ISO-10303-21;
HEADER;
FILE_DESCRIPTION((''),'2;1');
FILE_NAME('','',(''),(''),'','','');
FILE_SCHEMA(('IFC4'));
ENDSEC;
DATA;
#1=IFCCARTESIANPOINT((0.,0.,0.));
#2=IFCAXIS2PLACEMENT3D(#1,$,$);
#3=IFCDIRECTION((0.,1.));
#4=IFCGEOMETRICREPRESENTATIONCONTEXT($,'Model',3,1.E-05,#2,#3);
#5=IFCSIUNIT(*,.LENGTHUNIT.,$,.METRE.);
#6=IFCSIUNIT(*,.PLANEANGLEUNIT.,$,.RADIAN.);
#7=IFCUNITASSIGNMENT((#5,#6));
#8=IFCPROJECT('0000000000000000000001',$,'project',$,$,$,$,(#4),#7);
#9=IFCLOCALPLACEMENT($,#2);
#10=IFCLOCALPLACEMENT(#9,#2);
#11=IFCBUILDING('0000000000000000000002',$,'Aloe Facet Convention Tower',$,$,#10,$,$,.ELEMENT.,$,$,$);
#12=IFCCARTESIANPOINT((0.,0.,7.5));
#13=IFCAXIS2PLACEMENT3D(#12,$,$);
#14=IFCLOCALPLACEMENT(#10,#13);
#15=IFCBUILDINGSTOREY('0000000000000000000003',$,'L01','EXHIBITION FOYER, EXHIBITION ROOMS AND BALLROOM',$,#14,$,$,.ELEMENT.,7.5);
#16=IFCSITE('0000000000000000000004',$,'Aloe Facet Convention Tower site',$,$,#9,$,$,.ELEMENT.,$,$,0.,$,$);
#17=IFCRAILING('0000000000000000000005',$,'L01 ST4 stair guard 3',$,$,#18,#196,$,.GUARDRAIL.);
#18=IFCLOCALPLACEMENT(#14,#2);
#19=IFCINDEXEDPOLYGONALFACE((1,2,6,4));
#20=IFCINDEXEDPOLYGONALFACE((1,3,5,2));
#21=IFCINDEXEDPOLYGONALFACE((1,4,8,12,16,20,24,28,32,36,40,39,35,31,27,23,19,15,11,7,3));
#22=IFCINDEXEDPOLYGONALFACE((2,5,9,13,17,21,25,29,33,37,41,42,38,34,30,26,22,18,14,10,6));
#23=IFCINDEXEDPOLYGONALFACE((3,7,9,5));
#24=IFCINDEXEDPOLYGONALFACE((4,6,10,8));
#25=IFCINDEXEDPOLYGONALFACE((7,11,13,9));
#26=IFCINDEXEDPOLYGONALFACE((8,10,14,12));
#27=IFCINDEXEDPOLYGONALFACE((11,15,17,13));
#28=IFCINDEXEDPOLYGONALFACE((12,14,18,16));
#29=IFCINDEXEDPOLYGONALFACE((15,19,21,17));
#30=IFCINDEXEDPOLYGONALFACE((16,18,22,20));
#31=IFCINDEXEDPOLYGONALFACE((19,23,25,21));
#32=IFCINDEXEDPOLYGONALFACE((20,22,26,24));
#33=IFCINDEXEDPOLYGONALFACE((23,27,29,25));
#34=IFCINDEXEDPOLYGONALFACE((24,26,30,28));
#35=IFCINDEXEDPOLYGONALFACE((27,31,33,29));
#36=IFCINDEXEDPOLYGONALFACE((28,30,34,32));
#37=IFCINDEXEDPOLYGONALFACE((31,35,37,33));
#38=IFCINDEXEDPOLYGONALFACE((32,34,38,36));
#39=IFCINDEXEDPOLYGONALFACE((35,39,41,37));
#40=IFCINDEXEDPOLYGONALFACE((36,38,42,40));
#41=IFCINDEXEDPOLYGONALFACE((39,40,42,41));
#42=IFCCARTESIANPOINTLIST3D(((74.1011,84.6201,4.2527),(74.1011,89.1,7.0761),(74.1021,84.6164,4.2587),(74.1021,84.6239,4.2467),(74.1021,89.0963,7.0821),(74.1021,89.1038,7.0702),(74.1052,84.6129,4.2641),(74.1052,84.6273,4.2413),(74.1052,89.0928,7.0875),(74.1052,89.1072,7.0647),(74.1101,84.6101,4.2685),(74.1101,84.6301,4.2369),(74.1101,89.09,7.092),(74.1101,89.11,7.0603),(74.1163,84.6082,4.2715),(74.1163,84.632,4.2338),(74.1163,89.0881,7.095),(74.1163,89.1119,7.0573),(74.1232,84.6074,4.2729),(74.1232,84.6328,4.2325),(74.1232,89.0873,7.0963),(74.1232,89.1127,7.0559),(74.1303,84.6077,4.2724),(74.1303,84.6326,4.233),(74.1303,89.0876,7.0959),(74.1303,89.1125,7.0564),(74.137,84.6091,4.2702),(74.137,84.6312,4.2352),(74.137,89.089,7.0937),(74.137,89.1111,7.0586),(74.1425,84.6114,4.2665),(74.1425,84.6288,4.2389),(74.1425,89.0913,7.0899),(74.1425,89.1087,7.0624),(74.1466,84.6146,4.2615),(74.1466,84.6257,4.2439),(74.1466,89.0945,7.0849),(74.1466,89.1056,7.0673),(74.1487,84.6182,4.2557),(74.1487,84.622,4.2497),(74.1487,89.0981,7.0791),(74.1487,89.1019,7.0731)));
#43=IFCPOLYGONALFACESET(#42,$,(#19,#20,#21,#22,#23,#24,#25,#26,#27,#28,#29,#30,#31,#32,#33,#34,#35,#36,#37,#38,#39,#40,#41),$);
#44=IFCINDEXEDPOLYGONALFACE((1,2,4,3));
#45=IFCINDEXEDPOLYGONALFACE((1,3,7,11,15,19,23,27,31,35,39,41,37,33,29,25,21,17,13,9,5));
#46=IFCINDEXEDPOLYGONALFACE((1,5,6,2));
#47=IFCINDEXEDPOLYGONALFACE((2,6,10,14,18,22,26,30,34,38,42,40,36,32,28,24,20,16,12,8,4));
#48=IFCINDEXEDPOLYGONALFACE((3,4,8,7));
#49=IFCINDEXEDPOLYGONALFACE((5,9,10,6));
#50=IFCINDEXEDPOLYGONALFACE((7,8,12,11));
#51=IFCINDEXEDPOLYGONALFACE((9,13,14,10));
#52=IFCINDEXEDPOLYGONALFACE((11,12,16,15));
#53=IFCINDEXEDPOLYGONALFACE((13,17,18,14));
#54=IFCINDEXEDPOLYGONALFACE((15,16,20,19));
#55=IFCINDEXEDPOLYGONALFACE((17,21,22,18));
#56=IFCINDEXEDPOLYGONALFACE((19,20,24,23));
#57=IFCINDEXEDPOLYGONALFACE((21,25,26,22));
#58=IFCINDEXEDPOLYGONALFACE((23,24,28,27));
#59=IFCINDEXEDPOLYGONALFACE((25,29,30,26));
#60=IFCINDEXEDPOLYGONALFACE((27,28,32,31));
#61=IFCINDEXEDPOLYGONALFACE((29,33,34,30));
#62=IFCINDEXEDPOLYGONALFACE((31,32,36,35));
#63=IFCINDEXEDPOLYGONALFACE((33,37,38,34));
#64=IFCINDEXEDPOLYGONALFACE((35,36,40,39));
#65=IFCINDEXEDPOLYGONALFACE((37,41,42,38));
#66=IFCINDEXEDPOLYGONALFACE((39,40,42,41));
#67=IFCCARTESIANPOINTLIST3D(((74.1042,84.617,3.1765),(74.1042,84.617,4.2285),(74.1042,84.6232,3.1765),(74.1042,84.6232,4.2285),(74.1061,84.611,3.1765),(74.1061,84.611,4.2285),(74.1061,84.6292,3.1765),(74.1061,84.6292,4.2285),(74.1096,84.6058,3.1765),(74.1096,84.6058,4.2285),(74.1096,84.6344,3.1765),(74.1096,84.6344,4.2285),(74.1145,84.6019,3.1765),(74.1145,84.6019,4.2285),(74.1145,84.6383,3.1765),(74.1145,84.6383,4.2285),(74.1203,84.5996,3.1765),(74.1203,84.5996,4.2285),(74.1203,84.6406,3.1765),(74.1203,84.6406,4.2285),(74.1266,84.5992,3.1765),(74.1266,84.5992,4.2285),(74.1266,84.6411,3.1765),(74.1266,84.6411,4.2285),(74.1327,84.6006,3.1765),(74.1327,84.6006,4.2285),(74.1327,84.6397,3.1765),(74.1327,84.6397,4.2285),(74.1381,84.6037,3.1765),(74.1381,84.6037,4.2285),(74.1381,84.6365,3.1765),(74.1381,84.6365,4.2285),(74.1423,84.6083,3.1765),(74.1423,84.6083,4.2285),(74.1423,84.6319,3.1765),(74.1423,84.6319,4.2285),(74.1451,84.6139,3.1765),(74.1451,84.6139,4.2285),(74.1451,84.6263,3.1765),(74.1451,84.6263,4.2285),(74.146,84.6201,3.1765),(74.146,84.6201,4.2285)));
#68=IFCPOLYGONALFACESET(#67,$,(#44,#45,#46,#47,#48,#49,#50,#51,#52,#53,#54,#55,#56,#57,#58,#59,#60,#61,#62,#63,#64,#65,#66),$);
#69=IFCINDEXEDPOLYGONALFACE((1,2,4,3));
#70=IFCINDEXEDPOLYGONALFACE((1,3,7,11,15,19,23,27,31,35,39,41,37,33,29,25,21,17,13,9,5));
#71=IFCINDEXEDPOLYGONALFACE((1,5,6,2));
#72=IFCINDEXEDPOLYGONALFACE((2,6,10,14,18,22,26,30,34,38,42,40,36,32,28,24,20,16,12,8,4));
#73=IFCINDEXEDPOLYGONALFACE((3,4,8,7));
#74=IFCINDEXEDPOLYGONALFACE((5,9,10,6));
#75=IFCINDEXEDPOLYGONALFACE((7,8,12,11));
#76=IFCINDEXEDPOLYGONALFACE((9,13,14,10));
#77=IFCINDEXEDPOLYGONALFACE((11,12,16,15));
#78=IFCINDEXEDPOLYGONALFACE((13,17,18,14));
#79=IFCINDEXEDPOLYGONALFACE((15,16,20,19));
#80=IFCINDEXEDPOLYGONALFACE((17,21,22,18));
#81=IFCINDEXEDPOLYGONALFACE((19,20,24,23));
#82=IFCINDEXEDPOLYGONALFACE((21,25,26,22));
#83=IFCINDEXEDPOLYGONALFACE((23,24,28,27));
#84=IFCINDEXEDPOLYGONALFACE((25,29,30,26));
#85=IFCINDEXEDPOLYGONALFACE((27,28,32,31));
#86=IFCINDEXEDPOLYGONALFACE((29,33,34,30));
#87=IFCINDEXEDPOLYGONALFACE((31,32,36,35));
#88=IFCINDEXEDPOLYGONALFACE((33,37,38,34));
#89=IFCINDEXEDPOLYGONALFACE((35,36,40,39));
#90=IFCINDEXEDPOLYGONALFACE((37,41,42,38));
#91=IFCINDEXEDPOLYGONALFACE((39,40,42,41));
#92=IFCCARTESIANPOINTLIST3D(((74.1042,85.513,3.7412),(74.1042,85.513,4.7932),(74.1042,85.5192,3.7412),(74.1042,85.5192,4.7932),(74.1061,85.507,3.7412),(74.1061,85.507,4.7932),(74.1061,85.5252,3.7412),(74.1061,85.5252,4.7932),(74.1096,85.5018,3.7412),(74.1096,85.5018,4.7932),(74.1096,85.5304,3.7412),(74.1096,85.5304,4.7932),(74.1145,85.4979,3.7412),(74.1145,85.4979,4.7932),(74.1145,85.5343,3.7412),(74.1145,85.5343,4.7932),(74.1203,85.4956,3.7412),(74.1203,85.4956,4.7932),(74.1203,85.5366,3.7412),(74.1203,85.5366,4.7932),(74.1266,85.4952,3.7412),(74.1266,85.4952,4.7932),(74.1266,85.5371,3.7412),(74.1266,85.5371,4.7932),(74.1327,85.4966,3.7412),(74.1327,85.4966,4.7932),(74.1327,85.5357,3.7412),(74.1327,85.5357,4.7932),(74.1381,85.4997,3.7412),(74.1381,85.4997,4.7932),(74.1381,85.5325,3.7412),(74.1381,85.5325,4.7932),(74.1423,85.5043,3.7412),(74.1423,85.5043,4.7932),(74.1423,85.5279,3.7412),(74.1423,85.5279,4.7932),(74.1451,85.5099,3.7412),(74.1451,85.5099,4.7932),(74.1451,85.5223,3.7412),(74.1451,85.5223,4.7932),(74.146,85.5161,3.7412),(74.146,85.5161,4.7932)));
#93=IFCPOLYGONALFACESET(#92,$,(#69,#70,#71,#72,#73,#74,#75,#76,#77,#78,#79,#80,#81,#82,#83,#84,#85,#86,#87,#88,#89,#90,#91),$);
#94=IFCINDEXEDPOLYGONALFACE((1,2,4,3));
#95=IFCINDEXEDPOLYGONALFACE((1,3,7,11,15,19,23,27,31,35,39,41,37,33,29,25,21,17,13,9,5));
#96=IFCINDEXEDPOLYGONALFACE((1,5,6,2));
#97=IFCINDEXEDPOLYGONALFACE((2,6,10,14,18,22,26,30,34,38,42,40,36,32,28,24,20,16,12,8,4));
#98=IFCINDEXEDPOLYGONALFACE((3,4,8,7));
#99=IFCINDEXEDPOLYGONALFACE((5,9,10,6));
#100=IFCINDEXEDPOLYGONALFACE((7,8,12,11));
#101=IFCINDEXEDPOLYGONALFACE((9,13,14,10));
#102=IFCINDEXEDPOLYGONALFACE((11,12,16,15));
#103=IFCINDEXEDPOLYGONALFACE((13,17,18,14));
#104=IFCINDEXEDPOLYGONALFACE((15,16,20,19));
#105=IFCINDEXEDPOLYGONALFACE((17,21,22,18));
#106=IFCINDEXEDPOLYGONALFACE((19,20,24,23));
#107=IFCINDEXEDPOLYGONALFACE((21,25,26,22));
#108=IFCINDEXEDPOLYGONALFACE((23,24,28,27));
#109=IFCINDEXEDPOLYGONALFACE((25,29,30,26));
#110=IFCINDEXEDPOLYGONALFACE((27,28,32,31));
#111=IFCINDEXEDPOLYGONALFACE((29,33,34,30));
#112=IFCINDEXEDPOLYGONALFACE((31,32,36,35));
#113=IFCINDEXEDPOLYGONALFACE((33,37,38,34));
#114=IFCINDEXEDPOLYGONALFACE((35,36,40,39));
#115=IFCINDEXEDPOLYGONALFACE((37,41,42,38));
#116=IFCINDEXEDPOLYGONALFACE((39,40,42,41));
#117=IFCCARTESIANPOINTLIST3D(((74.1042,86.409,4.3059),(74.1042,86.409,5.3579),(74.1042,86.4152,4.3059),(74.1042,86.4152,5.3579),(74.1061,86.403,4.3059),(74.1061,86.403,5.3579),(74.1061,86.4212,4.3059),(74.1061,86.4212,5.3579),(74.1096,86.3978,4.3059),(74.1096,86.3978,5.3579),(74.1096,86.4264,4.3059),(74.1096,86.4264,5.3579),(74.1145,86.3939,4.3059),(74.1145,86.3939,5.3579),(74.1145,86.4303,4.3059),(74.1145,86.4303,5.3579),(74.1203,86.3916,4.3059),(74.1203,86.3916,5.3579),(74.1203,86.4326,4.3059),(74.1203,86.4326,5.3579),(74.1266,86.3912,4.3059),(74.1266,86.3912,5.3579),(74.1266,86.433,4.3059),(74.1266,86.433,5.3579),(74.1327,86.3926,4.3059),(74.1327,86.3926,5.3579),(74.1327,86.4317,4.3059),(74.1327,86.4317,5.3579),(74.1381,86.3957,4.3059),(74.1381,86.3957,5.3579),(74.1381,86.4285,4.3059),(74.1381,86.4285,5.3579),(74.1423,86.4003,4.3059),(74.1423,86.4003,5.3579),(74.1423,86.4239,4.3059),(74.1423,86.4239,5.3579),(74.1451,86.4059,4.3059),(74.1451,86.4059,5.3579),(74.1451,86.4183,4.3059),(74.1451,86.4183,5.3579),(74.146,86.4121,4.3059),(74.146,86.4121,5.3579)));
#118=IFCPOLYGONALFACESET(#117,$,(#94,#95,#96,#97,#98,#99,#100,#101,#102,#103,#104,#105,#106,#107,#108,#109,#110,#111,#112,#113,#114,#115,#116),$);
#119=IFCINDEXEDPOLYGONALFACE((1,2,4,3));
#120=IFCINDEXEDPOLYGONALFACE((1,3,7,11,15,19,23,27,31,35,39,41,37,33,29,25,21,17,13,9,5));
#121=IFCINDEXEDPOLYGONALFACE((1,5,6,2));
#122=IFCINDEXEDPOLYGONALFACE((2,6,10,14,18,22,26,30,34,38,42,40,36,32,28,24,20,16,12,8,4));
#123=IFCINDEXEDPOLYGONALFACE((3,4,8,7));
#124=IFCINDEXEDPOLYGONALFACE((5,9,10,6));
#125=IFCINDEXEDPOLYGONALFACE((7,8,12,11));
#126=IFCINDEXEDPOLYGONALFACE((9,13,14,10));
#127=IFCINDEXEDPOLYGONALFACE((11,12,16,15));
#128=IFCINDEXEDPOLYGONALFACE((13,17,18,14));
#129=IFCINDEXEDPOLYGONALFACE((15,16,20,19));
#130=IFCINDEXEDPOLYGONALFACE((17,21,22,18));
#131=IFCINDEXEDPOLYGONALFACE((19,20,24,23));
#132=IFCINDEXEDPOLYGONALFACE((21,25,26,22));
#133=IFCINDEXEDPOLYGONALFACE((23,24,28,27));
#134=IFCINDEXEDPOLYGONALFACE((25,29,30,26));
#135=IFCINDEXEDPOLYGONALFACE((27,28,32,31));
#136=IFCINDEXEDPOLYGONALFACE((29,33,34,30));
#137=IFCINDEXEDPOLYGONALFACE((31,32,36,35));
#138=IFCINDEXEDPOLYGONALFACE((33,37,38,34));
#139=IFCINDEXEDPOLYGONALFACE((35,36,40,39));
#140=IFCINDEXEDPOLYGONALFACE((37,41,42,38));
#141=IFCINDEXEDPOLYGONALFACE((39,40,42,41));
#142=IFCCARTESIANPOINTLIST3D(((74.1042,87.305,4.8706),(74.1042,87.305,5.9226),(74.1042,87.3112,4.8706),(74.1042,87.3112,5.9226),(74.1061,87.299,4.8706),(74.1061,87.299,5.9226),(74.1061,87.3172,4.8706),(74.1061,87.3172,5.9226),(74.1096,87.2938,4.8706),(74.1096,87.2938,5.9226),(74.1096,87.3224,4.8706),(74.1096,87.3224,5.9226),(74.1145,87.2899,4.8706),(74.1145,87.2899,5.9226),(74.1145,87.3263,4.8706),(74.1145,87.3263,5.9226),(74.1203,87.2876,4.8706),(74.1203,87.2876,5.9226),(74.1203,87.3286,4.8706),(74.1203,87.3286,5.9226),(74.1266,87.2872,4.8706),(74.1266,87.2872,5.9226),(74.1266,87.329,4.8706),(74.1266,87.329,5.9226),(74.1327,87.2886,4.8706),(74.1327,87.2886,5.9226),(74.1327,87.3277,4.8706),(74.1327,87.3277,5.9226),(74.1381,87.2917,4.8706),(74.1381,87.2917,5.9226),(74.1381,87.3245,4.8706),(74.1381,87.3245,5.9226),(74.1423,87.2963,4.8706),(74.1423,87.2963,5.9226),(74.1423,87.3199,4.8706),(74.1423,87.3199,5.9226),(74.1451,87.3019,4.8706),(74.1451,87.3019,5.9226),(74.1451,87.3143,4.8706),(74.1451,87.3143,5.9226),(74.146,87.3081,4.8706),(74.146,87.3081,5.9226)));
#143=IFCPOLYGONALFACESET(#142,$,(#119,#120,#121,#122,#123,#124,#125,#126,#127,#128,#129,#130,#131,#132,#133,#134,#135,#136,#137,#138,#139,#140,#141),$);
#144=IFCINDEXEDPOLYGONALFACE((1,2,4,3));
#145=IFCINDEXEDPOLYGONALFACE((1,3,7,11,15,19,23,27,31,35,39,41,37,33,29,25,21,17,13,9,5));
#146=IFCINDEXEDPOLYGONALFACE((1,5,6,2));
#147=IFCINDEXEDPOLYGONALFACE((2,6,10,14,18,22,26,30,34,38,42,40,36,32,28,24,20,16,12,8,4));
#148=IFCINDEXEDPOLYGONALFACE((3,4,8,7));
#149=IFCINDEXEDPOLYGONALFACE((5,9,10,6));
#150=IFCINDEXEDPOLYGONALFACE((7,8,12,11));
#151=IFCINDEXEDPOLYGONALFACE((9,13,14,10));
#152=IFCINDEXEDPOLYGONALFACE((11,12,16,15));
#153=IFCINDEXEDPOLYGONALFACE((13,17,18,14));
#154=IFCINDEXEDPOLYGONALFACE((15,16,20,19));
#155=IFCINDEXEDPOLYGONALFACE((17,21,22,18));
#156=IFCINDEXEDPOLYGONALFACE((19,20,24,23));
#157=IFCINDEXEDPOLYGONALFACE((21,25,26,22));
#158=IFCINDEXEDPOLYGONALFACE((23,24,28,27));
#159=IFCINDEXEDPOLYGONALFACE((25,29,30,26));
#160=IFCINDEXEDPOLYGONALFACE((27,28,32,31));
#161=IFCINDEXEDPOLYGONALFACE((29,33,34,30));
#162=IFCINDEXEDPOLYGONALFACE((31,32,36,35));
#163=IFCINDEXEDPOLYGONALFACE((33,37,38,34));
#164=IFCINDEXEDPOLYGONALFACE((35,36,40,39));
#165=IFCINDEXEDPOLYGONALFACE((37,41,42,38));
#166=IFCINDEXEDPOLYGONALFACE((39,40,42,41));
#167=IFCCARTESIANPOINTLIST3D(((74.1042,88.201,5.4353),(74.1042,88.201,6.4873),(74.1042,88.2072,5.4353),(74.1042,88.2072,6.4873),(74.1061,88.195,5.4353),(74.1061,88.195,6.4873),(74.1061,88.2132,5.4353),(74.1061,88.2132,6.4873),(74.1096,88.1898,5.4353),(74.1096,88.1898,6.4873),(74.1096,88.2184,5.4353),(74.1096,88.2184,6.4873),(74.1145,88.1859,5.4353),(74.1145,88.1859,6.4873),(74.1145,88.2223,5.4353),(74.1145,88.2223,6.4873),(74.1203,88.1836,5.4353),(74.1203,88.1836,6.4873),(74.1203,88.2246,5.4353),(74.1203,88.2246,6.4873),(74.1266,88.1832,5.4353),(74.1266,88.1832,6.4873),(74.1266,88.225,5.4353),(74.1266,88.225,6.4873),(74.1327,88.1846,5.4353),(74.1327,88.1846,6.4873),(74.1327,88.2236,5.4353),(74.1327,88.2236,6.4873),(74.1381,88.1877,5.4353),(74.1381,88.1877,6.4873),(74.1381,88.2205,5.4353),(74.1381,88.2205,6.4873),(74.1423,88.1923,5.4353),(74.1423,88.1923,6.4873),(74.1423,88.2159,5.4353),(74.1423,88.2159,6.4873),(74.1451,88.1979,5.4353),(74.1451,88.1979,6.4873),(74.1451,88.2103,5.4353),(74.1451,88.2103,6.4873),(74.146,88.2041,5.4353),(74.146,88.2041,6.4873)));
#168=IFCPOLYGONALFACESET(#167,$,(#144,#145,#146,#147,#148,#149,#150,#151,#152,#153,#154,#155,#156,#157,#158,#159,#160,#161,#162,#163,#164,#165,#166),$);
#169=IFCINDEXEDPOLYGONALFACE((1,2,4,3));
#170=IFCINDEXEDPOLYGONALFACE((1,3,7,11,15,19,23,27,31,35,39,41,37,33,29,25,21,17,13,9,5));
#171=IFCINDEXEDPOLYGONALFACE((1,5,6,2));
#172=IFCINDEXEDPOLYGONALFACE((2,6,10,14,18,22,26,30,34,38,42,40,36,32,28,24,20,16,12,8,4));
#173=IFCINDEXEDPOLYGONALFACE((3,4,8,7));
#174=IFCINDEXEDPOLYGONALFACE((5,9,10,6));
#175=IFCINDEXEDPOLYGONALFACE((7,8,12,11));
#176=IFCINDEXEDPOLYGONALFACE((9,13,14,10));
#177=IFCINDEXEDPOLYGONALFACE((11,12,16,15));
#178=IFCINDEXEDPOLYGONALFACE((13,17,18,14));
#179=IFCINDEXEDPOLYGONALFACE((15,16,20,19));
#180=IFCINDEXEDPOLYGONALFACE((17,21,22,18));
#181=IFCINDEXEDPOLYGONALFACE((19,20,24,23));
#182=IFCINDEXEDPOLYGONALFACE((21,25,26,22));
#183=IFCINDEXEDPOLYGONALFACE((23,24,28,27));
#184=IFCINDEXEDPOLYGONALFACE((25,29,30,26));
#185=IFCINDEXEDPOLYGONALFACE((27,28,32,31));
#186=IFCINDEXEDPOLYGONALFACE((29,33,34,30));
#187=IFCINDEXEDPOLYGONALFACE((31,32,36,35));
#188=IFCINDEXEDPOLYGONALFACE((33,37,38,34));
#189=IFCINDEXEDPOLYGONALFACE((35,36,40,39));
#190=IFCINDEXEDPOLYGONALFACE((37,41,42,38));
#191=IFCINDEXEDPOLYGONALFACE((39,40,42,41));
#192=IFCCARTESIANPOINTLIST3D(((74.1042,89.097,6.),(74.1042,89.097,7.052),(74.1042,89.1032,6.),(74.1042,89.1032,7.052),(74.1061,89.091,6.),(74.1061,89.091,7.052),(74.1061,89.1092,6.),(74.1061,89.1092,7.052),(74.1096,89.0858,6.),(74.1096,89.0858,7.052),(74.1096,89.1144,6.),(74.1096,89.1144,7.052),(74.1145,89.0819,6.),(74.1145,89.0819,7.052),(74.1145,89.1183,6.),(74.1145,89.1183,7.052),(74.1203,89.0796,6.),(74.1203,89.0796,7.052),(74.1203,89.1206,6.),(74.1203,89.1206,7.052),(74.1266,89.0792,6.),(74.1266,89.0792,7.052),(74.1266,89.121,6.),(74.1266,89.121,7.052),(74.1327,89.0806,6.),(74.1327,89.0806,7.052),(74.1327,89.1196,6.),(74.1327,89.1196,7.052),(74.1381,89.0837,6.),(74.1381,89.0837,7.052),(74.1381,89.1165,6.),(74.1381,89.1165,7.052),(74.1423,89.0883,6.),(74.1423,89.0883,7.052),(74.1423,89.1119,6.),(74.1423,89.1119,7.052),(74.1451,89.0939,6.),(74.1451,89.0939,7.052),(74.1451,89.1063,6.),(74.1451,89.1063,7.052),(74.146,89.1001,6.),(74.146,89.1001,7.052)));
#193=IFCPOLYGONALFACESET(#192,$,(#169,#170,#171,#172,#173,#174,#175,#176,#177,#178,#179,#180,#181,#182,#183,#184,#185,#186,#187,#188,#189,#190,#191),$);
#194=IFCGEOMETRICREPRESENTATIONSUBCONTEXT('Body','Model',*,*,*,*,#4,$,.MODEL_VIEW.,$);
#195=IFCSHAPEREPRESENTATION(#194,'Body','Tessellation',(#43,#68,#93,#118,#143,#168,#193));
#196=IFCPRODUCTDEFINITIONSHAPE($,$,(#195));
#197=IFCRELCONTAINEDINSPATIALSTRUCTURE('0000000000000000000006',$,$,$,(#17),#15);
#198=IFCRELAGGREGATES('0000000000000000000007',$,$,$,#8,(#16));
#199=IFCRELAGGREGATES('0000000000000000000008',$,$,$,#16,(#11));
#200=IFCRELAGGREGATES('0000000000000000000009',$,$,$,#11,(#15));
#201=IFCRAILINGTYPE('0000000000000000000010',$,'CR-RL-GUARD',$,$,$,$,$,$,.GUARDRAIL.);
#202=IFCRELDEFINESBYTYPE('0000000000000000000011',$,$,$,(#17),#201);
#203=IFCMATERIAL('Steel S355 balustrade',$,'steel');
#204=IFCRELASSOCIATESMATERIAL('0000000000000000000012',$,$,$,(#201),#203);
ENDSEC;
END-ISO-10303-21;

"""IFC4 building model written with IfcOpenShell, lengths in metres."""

from ifc_helpers import new_model, si_unit, direction, frame, origin, origin_2d, place, context, subcontext, project, spatial, circle, extrude, material, type_object, element, save


model = new_model("IFC4")

# Units and contexts
model_context = context("Model", 3, precision=1e-05, world=origin(), true_north=direction((0.0, 1.0)))
body_context = subcontext(model_context, "Body", "Model", "MODEL_VIEW")
ifc_project = project(units=[si_unit("LENGTHUNIT", "METRE"), si_unit("PLANEANGLEUNIT", "RADIAN")], contexts=[model_context])

# Site, building, storey
site_placement = place(None, origin())
site = spatial("IfcSite", under=ifc_project, at=site_placement, Name="Aloe Facet Convention Tower site", CompositionType="ELEMENT", RefElevation=0.0)
building_placement = place(site_placement, origin())
building = spatial("IfcBuilding", under=site, at=building_placement, Name="Aloe Facet Convention Tower", CompositionType="ELEMENT")
storey_placement = place(building_placement, frame((0.0, 0.0, 7.5)))
storey = spatial("IfcBuildingStorey", under=building, at=storey_placement, Name="L01", Description="EXHIBITION FOYER, EXHIBITION ROOMS AND BALLROOM", CompositionType="ELEMENT", Elevation=7.5)

# Railing
ifc_material_1 = material(Name="Steel S355 balustrade", Category="steel")
railing_type_1 = type_object("IfcRailingType", Name="CR-RL-GUARD", PredefinedType="GUARDRAIL", material=ifc_material_1)
railing_1_placement = place(storey_placement, frame((74.125, 84.6201, 3.1765)))
element("IfcRailing", 1, at=railing_1_placement, inside=storey, type_object=railing_type_1, Name="L01 ST4 stair guard 3", PredefinedType="GUARDRAIL", context=body_context, shape_type="SweptSolid", body=[
    extrude(circle(Radius=0.0239, at=origin_2d()), frame((0.0, 0.0, 1.0762), z_axis=(0.0, 0.845998, 0.533186), x_axis=(-1.0, 0.0, 0.0)), (0.0, 0.0, 1.0), 5.2954),
    extrude(circle(Radius=0.021, at=origin_2d()), origin(), (0.0, 0.0, 1.0), 1.052),
    extrude(circle(Radius=0.021, at=origin_2d()), frame((0.0, 0.896, 0.5647)), (0.0, 0.0, 1.0), 1.052),
    extrude(circle(Radius=0.021, at=origin_2d()), frame((0.0, 1.792, 1.1294)), (0.0, 0.0, 1.0), 1.052),
    extrude(circle(Radius=0.021, at=origin_2d()), frame((0.0, 2.688, 1.6941)), (0.0, 0.0, 1.0), 1.052),
    extrude(circle(Radius=0.021, at=origin_2d()), frame((0.0, 3.584, 2.2588)), (0.0, 0.0, 1.0), 1.052),
    extrude(circle(Radius=0.021, at=origin_2d()), frame((0.0, 4.48, 2.8235)), (0.0, 0.0, 1.0), 1.052),
])

save(model, "model.ifc")
